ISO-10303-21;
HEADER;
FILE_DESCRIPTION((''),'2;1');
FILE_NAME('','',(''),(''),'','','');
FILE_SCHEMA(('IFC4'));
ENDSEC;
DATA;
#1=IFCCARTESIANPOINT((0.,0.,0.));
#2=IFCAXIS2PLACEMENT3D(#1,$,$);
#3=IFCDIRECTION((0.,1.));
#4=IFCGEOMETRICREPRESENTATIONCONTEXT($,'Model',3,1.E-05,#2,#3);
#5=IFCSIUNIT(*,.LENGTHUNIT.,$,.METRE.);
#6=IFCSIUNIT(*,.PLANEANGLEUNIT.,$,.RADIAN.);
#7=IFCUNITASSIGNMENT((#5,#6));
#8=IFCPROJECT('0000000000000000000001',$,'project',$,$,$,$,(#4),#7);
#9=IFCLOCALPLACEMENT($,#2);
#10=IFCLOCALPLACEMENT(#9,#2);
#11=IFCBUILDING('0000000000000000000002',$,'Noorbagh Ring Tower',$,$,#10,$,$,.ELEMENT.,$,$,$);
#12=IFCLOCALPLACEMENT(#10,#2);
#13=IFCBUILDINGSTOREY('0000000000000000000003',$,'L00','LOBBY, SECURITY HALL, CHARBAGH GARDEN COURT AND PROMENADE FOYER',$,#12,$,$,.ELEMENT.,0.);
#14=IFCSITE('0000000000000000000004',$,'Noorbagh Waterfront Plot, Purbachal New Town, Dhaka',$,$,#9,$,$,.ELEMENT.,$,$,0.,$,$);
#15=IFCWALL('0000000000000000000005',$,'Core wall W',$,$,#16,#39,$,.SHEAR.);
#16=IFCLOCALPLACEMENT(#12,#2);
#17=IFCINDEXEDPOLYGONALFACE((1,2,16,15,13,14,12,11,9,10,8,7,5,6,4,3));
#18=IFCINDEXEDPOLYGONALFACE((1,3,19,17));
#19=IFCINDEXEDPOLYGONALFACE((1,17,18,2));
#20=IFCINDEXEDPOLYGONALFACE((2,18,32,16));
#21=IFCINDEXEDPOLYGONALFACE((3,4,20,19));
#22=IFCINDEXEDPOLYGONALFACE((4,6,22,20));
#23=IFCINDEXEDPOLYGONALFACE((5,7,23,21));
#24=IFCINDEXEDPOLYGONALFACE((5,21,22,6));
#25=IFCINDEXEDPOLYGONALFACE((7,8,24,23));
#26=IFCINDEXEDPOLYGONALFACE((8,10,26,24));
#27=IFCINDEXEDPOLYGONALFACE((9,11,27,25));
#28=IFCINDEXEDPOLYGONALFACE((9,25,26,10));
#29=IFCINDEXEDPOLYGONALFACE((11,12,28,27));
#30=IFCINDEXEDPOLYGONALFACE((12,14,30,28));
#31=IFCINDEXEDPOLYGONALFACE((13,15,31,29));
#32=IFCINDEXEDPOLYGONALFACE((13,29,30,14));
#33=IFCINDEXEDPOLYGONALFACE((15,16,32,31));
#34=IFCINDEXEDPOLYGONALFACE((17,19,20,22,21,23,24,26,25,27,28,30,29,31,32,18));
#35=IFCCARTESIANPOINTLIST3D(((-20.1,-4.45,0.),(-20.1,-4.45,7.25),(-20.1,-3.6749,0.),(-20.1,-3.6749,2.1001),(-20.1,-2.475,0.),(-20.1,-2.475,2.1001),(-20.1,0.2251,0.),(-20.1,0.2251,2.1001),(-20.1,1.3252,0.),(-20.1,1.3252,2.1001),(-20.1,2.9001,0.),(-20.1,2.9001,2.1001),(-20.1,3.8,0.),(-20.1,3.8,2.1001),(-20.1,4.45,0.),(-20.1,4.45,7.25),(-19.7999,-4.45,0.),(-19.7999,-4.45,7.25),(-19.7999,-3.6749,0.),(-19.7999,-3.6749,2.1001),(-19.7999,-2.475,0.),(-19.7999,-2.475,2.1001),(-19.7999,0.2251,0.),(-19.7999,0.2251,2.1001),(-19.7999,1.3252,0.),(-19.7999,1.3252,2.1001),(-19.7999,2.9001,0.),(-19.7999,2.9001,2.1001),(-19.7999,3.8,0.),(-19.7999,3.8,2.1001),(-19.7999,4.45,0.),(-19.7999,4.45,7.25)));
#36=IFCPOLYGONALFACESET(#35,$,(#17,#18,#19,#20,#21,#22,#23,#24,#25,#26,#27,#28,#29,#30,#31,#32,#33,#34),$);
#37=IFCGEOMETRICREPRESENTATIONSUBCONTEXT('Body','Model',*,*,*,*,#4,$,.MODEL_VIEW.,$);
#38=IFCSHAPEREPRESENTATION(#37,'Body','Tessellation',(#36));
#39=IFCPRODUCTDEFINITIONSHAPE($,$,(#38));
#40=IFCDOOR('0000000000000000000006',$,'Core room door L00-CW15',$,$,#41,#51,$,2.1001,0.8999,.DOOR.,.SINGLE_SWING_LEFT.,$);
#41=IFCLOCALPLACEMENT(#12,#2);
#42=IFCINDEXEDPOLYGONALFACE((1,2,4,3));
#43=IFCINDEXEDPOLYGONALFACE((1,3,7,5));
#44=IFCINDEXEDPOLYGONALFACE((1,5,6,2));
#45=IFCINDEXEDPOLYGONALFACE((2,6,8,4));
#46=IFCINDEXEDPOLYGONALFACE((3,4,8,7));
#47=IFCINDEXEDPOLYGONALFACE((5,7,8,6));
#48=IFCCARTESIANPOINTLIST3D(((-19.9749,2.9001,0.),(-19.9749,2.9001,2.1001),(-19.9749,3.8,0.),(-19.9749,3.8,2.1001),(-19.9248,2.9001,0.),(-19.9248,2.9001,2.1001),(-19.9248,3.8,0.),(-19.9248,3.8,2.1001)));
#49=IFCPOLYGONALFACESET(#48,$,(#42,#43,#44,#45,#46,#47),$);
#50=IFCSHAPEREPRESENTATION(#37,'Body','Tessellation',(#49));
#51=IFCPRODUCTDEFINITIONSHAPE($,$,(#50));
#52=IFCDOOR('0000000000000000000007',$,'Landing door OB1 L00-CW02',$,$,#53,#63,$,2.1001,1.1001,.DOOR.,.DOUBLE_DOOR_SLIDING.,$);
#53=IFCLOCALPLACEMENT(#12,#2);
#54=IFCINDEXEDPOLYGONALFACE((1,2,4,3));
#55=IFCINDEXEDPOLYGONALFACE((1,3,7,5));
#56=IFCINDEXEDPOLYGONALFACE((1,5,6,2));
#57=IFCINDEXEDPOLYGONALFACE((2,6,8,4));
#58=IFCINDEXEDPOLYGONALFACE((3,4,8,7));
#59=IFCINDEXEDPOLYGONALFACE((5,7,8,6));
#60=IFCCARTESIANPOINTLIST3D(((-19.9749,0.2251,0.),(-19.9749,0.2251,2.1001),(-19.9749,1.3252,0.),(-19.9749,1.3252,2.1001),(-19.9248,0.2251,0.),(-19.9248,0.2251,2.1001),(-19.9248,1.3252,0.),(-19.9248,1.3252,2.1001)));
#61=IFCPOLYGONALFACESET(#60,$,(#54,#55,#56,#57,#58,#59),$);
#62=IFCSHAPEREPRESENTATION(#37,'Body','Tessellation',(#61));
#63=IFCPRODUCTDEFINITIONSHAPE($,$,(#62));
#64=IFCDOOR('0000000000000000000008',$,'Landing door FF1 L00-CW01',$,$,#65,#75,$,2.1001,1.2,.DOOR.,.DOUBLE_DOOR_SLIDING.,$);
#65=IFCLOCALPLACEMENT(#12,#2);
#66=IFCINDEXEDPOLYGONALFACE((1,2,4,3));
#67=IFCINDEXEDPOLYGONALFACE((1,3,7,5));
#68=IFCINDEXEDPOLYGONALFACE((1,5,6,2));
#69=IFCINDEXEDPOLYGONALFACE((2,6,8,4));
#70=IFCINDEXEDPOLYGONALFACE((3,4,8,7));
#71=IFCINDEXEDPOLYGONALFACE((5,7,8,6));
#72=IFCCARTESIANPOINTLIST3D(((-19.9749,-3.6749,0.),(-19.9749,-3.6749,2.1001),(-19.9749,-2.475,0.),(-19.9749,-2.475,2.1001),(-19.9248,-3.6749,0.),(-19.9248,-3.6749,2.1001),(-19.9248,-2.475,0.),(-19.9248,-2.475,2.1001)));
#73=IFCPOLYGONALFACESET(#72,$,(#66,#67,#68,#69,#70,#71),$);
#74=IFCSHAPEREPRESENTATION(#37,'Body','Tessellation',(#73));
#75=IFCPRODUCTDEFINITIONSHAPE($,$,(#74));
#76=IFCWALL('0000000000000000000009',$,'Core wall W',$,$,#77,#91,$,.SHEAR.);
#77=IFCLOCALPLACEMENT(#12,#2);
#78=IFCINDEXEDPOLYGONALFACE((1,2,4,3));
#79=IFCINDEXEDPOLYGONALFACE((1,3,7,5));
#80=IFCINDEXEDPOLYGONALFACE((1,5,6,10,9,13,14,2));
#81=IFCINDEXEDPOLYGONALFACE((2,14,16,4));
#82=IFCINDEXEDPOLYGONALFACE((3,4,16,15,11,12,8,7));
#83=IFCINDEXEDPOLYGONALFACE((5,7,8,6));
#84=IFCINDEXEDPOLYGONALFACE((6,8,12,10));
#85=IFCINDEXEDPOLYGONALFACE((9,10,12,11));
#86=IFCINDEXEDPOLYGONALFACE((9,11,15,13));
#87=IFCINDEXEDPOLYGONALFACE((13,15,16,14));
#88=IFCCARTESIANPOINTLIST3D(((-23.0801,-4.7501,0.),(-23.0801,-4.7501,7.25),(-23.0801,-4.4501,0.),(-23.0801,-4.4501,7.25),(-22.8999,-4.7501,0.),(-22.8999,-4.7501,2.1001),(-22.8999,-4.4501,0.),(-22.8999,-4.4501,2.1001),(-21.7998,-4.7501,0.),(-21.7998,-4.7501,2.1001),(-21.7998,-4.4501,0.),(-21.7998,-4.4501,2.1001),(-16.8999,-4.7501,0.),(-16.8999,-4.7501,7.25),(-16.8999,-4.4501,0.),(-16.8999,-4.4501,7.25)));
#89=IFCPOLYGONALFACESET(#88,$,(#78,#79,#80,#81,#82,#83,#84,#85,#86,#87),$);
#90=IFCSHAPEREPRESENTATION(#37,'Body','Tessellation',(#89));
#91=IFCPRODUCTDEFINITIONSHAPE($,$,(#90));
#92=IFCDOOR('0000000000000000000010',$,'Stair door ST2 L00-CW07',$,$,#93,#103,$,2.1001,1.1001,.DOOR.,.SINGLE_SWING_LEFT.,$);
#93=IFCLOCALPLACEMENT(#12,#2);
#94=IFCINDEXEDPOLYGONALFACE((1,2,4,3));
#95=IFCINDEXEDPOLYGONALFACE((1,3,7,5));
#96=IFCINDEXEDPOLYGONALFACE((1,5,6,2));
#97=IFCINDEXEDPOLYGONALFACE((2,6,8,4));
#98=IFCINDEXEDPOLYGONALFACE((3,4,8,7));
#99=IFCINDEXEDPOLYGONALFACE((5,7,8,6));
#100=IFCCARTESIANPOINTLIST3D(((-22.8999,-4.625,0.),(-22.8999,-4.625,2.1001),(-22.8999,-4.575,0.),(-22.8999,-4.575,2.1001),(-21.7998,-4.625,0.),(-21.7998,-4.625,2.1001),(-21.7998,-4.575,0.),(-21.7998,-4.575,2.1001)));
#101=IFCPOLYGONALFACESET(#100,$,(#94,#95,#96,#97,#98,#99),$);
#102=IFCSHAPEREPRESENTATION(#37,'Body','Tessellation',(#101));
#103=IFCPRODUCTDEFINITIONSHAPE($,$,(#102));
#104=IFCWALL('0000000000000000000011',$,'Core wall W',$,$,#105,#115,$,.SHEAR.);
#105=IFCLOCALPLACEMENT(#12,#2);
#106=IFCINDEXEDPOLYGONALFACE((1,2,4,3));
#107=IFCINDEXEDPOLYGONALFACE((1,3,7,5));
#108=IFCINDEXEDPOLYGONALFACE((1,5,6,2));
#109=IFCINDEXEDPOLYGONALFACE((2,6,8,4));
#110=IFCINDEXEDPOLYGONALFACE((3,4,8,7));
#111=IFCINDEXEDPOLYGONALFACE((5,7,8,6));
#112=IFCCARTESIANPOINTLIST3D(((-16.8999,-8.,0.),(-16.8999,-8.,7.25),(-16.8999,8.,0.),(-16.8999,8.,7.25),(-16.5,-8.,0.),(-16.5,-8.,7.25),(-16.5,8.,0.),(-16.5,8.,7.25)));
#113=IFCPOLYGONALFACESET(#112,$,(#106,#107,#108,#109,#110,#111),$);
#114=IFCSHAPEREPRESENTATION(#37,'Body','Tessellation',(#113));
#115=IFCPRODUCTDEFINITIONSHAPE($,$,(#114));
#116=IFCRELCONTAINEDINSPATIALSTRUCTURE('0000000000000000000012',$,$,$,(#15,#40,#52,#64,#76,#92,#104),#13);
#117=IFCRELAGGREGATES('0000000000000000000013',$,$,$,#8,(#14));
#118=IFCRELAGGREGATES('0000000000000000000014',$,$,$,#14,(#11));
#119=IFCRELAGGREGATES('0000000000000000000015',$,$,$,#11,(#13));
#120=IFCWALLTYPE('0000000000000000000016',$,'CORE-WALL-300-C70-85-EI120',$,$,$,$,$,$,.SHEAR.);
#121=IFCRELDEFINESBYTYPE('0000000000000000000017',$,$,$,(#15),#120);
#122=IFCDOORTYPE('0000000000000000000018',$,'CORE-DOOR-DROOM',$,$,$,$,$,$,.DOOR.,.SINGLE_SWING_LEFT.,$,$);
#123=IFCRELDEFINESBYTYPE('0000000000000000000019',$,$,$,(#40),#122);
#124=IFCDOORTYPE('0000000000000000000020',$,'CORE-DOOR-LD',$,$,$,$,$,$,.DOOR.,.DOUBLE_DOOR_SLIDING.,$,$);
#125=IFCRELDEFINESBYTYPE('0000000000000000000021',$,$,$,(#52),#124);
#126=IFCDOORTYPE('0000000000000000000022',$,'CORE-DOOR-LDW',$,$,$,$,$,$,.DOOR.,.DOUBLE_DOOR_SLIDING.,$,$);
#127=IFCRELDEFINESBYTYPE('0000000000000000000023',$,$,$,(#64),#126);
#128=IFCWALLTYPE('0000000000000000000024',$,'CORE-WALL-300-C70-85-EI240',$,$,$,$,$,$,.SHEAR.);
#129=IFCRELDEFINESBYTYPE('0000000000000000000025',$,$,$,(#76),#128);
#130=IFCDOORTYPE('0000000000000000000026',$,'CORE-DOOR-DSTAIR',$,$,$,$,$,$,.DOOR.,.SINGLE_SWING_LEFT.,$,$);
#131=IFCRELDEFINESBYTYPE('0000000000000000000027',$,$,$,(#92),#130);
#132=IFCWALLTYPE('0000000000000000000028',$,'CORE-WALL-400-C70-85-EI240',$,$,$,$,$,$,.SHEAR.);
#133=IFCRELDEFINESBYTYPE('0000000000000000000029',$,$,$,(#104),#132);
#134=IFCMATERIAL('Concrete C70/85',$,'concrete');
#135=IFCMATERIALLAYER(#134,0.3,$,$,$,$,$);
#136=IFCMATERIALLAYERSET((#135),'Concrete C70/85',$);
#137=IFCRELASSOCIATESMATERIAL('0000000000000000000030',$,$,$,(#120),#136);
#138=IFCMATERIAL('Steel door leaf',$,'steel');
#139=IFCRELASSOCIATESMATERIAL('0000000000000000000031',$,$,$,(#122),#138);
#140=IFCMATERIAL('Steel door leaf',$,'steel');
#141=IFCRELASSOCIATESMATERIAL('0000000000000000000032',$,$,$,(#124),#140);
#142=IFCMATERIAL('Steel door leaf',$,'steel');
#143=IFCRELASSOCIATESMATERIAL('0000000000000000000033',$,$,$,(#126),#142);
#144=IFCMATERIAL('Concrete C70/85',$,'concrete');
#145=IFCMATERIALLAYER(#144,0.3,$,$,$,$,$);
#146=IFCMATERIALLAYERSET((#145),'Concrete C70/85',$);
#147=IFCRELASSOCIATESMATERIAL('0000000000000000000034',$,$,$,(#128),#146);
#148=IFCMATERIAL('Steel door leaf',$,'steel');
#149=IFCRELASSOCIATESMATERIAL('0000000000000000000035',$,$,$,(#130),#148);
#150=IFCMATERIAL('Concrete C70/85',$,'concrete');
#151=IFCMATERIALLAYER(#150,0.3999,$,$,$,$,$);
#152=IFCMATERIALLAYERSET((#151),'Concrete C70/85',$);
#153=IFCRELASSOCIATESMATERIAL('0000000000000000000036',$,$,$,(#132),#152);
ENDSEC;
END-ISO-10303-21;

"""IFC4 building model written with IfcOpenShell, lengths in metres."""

from ifc_helpers import new_model, si_unit, direction, frame, frame_2d, origin, place, context, subcontext, project, spatial, rectangle, extrude, material, layer, layer_set, type_object, element, fill, save


model = new_model("IFC4")

# Units and contexts
model_context = context("Model", 3, precision=1e-05, world=origin(), true_north=direction((0.0, 1.0)))
body_context = subcontext(model_context, "Body", "Model", "MODEL_VIEW")
ifc_project = project(units=[si_unit("LENGTHUNIT", "METRE"), si_unit("PLANEANGLEUNIT", "RADIAN")], contexts=[model_context])

# Site, building, storey
site_placement = place(None, origin())
site = spatial("IfcSite", under=ifc_project, at=site_placement, Name="Noorbagh Waterfront Plot, Purbachal New Town, Dhaka", CompositionType="ELEMENT", RefElevation=0.0)
building_placement = place(site_placement, origin())
building = spatial("IfcBuilding", under=site, at=building_placement, Name="Noorbagh Ring Tower", CompositionType="ELEMENT")
storey_placement = place(building_placement, origin())
storey = spatial("IfcBuildingStorey", under=building, at=storey_placement, Name="L00", Description="LOBBY, SECURITY HALL, CHARBAGH GARDEN COURT AND PROMENADE FOYER", CompositionType="ELEMENT", Elevation=0.0)

# Wall, openings, doors
ifc_material_1 = material(Name="Concrete C70/85", Category="concrete")
ifc_layer_1 = layer(ifc_material_1, 0.3)
ifc_layer_set_1 = layer_set([ifc_layer_1], Name="Concrete C70/85")
wall_type_1 = type_object("IfcWallType", Name="CORE-WALL-300-C70-85-EI120", PredefinedType="SHEAR", material=ifc_layer_set_1)
wall_1_placement = place(storey_placement, frame((-19.95, -4.45, 0.0), z_axis=(0.0, 0.0, 1.0), x_axis=(0.0, 1.0, 0.0)))
wall_1 = element("IfcWall", 1, at=wall_1_placement, inside=storey, type_object=wall_type_1, Name="Core wall W", PredefinedType="SHEAR", context=body_context, shape_type="SweptSolid", body=[
    extrude(rectangle(XDim=8.8999, YDim=0.3, at=frame_2d((4.45, 0.0))), origin(), (0.0, 0.0, 1.0), 7.25),
])
opening_1_placement = place(wall_1_placement, frame((0.7749, 0.0, 0.0)))
opening_1 = element("IfcOpeningElement", 2, at=opening_1_placement, cuts=wall_1, PredefinedType="OPENING", context=body_context, shape_type="SweptSolid", body=[
    extrude(rectangle(XDim=1.2, YDim=2.1001, at=frame_2d((0.6001, 1.05))), frame((0.0, 0.1602, 0.0), z_axis=(0.0, -1.0, 0.0), x_axis=(1.0, 0.0, 0.0)), (0.0, 0.0, 1.0), 0.3201),
])
opening_2_placement = place(wall_1_placement, frame((4.675, 0.0, 0.0)))
opening_2 = element("IfcOpeningElement", 3, at=opening_2_placement, cuts=wall_1, PredefinedType="OPENING", context=body_context, shape_type="SweptSolid", body=[
    extrude(rectangle(XDim=1.1001, YDim=2.1001, at=frame_2d((0.55, 1.05))), frame((0.0, 0.1602, 0.0), z_axis=(0.0, -1.0, 0.0), x_axis=(1.0, 0.0, 0.0)), (0.0, 0.0, 1.0), 0.3201),
])
opening_3_placement = place(wall_1_placement, frame((7.3501, 0.0, 0.0)))
opening_3 = element("IfcOpeningElement", 4, at=opening_3_placement, cuts=wall_1, PredefinedType="OPENING", context=body_context, shape_type="SweptSolid", body=[
    extrude(rectangle(XDim=0.8999, YDim=2.1001, at=frame_2d((0.45, 1.05))), frame((0.0, 0.1602, 0.0), z_axis=(0.0, -1.0, 0.0), x_axis=(1.0, 0.0, 0.0)), (0.0, 0.0, 1.0), 0.3201),
])
ifc_material_2 = material(Name="Steel door leaf", Category="steel")
door_type_1 = type_object("IfcDoorType", Name="CORE-DOOR-DROOM", OperationType="SINGLE_SWING_LEFT", PredefinedType="DOOR", material=ifc_material_2)
door_1_placement = place(opening_3_placement, origin())
door_1 = element("IfcDoor", 5, at=door_1_placement, inside=storey, type_object=door_type_1, Name="Core room door L00-CW15", OperationType="SINGLE_SWING_LEFT", OverallHeight=2.1001, OverallWidth=0.8999, PredefinedType="DOOR", context=body_context, shape_type="SweptSolid", body=[
    extrude(rectangle(XDim=0.8999, YDim=2.1001, at=frame_2d((0.45, 1.05))), frame((0.0, 0.0249, 0.0), z_axis=(0.0, -1.0, 0.0), x_axis=(1.0, 0.0, 0.0)), (0.0, 0.0, 1.0), 0.05),
])
fill(opening_3, door_1)
ifc_material_3 = material(Name="Steel door leaf", Category="steel")
door_type_2 = type_object("IfcDoorType", Name="CORE-DOOR-LD", OperationType="DOUBLE_DOOR_SLIDING", PredefinedType="DOOR", material=ifc_material_3)
door_2_placement = place(opening_2_placement, origin())
door_2 = element("IfcDoor", 6, at=door_2_placement, inside=storey, type_object=door_type_2, Name="Landing door OB1 L00-CW02", OperationType="DOUBLE_DOOR_SLIDING", OverallHeight=2.1001, OverallWidth=1.1001, PredefinedType="DOOR", context=body_context, shape_type="SweptSolid", body=[
    extrude(rectangle(XDim=1.1001, YDim=2.1001, at=frame_2d((0.55, 1.05))), frame((0.0, 0.0249, 0.0), z_axis=(0.0, -1.0, 0.0), x_axis=(1.0, 0.0, 0.0)), (0.0, 0.0, 1.0), 0.05),
])
fill(opening_2, door_2)
ifc_material_4 = material(Name="Steel door leaf", Category="steel")
door_type_3 = type_object("IfcDoorType", Name="CORE-DOOR-LDW", OperationType="DOUBLE_DOOR_SLIDING", PredefinedType="DOOR", material=ifc_material_4)
door_3_placement = place(opening_1_placement, origin())
door_3 = element("IfcDoor", 7, at=door_3_placement, inside=storey, type_object=door_type_3, Name="Landing door FF1 L00-CW01", OperationType="DOUBLE_DOOR_SLIDING", OverallHeight=2.1001, OverallWidth=1.2, PredefinedType="DOOR", context=body_context, shape_type="SweptSolid", body=[
    extrude(rectangle(XDim=1.2, YDim=2.1001, at=frame_2d((0.6001, 1.05))), frame((0.0, 0.0249, 0.0), z_axis=(0.0, -1.0, 0.0), x_axis=(1.0, 0.0, 0.0)), (0.0, 0.0, 1.0), 0.05),
])
fill(opening_1, door_3)

# Wall, opening, door
ifc_material_5 = material(Name="Concrete C70/85", Category="concrete")
ifc_layer_2 = layer(ifc_material_5, 0.3)
ifc_layer_set_2 = layer_set([ifc_layer_2], Name="Concrete C70/85")
wall_type_2 = type_object("IfcWallType", Name="CORE-WALL-300-C70-85-EI240", PredefinedType="SHEAR", material=ifc_layer_set_2)
wall_2_placement = place(storey_placement, frame((-16.8999, -4.6001, 0.0), z_axis=(0.0, 0.0, 1.0), x_axis=(-1.0, 0.0, 0.0)))
wall_2 = element("IfcWall", 8, at=wall_2_placement, inside=storey, type_object=wall_type_2, Name="Core wall W", PredefinedType="SHEAR", context=body_context, shape_type="SweptSolid", body=[
    extrude(rectangle(XDim=6.1802, YDim=0.3, at=frame_2d((3.0901, 0.0))), origin(), (0.0, 0.0, 1.0), 7.25),
])
opening_4_placement = place(wall_2_placement, frame((4.8999, 0.0, 0.0)))
opening_4 = element("IfcOpeningElement", 9, at=opening_4_placement, cuts=wall_2, PredefinedType="OPENING", context=body_context, shape_type="SweptSolid", body=[
    extrude(rectangle(XDim=1.1001, YDim=2.1001, at=frame_2d((0.55, 1.05))), frame((0.0, 0.1602, 0.0), z_axis=(0.0, -1.0, 0.0), x_axis=(1.0, 0.0, 0.0)), (0.0, 0.0, 1.0), 0.3201),
])
ifc_material_6 = material(Name="Steel door leaf", Category="steel")
door_type_4 = type_object("IfcDoorType", Name="CORE-DOOR-DSTAIR", OperationType="SINGLE_SWING_LEFT", PredefinedType="DOOR", material=ifc_material_6)
door_4_placement = place(opening_4_placement, origin())
door_4 = element("IfcDoor", 10, at=door_4_placement, inside=storey, type_object=door_type_4, Name="Stair door ST2 L00-CW07", OperationType="SINGLE_SWING_LEFT", OverallHeight=2.1001, OverallWidth=1.1001, PredefinedType="DOOR", context=body_context, shape_type="SweptSolid", body=[
    extrude(rectangle(XDim=1.1001, YDim=2.1001, at=frame_2d((0.55, 1.05))), frame((0.0, 0.0249, 0.0), z_axis=(0.0, -1.0, 0.0), x_axis=(1.0, 0.0, 0.0)), (0.0, 0.0, 1.0), 0.05),
])
fill(opening_4, door_4)

# Wall
ifc_material_7 = material(Name="Concrete C70/85", Category="concrete")
ifc_layer_3 = layer(ifc_material_7, 0.3999)
ifc_layer_set_3 = layer_set([ifc_layer_3], Name="Concrete C70/85")
wall_type_3 = type_object("IfcWallType", Name="CORE-WALL-400-C70-85-EI240", PredefinedType="SHEAR", material=ifc_layer_set_3)
wall_3_placement = place(storey_placement, frame((-16.7, -8.0, 0.0), z_axis=(0.0, 0.0, 1.0), x_axis=(0.0, 1.0, 0.0)))
element("IfcWall", 11, at=wall_3_placement, inside=storey, type_object=wall_type_3, Name="Core wall W", PredefinedType="SHEAR", context=body_context, shape_type="SweptSolid", body=[
    extrude(rectangle(XDim=16.0, YDim=0.3999, at=frame_2d((8.0, 0.0))), origin(), (0.0, 0.0, 1.0), 7.25),
])

save(model, "model.ifc")
